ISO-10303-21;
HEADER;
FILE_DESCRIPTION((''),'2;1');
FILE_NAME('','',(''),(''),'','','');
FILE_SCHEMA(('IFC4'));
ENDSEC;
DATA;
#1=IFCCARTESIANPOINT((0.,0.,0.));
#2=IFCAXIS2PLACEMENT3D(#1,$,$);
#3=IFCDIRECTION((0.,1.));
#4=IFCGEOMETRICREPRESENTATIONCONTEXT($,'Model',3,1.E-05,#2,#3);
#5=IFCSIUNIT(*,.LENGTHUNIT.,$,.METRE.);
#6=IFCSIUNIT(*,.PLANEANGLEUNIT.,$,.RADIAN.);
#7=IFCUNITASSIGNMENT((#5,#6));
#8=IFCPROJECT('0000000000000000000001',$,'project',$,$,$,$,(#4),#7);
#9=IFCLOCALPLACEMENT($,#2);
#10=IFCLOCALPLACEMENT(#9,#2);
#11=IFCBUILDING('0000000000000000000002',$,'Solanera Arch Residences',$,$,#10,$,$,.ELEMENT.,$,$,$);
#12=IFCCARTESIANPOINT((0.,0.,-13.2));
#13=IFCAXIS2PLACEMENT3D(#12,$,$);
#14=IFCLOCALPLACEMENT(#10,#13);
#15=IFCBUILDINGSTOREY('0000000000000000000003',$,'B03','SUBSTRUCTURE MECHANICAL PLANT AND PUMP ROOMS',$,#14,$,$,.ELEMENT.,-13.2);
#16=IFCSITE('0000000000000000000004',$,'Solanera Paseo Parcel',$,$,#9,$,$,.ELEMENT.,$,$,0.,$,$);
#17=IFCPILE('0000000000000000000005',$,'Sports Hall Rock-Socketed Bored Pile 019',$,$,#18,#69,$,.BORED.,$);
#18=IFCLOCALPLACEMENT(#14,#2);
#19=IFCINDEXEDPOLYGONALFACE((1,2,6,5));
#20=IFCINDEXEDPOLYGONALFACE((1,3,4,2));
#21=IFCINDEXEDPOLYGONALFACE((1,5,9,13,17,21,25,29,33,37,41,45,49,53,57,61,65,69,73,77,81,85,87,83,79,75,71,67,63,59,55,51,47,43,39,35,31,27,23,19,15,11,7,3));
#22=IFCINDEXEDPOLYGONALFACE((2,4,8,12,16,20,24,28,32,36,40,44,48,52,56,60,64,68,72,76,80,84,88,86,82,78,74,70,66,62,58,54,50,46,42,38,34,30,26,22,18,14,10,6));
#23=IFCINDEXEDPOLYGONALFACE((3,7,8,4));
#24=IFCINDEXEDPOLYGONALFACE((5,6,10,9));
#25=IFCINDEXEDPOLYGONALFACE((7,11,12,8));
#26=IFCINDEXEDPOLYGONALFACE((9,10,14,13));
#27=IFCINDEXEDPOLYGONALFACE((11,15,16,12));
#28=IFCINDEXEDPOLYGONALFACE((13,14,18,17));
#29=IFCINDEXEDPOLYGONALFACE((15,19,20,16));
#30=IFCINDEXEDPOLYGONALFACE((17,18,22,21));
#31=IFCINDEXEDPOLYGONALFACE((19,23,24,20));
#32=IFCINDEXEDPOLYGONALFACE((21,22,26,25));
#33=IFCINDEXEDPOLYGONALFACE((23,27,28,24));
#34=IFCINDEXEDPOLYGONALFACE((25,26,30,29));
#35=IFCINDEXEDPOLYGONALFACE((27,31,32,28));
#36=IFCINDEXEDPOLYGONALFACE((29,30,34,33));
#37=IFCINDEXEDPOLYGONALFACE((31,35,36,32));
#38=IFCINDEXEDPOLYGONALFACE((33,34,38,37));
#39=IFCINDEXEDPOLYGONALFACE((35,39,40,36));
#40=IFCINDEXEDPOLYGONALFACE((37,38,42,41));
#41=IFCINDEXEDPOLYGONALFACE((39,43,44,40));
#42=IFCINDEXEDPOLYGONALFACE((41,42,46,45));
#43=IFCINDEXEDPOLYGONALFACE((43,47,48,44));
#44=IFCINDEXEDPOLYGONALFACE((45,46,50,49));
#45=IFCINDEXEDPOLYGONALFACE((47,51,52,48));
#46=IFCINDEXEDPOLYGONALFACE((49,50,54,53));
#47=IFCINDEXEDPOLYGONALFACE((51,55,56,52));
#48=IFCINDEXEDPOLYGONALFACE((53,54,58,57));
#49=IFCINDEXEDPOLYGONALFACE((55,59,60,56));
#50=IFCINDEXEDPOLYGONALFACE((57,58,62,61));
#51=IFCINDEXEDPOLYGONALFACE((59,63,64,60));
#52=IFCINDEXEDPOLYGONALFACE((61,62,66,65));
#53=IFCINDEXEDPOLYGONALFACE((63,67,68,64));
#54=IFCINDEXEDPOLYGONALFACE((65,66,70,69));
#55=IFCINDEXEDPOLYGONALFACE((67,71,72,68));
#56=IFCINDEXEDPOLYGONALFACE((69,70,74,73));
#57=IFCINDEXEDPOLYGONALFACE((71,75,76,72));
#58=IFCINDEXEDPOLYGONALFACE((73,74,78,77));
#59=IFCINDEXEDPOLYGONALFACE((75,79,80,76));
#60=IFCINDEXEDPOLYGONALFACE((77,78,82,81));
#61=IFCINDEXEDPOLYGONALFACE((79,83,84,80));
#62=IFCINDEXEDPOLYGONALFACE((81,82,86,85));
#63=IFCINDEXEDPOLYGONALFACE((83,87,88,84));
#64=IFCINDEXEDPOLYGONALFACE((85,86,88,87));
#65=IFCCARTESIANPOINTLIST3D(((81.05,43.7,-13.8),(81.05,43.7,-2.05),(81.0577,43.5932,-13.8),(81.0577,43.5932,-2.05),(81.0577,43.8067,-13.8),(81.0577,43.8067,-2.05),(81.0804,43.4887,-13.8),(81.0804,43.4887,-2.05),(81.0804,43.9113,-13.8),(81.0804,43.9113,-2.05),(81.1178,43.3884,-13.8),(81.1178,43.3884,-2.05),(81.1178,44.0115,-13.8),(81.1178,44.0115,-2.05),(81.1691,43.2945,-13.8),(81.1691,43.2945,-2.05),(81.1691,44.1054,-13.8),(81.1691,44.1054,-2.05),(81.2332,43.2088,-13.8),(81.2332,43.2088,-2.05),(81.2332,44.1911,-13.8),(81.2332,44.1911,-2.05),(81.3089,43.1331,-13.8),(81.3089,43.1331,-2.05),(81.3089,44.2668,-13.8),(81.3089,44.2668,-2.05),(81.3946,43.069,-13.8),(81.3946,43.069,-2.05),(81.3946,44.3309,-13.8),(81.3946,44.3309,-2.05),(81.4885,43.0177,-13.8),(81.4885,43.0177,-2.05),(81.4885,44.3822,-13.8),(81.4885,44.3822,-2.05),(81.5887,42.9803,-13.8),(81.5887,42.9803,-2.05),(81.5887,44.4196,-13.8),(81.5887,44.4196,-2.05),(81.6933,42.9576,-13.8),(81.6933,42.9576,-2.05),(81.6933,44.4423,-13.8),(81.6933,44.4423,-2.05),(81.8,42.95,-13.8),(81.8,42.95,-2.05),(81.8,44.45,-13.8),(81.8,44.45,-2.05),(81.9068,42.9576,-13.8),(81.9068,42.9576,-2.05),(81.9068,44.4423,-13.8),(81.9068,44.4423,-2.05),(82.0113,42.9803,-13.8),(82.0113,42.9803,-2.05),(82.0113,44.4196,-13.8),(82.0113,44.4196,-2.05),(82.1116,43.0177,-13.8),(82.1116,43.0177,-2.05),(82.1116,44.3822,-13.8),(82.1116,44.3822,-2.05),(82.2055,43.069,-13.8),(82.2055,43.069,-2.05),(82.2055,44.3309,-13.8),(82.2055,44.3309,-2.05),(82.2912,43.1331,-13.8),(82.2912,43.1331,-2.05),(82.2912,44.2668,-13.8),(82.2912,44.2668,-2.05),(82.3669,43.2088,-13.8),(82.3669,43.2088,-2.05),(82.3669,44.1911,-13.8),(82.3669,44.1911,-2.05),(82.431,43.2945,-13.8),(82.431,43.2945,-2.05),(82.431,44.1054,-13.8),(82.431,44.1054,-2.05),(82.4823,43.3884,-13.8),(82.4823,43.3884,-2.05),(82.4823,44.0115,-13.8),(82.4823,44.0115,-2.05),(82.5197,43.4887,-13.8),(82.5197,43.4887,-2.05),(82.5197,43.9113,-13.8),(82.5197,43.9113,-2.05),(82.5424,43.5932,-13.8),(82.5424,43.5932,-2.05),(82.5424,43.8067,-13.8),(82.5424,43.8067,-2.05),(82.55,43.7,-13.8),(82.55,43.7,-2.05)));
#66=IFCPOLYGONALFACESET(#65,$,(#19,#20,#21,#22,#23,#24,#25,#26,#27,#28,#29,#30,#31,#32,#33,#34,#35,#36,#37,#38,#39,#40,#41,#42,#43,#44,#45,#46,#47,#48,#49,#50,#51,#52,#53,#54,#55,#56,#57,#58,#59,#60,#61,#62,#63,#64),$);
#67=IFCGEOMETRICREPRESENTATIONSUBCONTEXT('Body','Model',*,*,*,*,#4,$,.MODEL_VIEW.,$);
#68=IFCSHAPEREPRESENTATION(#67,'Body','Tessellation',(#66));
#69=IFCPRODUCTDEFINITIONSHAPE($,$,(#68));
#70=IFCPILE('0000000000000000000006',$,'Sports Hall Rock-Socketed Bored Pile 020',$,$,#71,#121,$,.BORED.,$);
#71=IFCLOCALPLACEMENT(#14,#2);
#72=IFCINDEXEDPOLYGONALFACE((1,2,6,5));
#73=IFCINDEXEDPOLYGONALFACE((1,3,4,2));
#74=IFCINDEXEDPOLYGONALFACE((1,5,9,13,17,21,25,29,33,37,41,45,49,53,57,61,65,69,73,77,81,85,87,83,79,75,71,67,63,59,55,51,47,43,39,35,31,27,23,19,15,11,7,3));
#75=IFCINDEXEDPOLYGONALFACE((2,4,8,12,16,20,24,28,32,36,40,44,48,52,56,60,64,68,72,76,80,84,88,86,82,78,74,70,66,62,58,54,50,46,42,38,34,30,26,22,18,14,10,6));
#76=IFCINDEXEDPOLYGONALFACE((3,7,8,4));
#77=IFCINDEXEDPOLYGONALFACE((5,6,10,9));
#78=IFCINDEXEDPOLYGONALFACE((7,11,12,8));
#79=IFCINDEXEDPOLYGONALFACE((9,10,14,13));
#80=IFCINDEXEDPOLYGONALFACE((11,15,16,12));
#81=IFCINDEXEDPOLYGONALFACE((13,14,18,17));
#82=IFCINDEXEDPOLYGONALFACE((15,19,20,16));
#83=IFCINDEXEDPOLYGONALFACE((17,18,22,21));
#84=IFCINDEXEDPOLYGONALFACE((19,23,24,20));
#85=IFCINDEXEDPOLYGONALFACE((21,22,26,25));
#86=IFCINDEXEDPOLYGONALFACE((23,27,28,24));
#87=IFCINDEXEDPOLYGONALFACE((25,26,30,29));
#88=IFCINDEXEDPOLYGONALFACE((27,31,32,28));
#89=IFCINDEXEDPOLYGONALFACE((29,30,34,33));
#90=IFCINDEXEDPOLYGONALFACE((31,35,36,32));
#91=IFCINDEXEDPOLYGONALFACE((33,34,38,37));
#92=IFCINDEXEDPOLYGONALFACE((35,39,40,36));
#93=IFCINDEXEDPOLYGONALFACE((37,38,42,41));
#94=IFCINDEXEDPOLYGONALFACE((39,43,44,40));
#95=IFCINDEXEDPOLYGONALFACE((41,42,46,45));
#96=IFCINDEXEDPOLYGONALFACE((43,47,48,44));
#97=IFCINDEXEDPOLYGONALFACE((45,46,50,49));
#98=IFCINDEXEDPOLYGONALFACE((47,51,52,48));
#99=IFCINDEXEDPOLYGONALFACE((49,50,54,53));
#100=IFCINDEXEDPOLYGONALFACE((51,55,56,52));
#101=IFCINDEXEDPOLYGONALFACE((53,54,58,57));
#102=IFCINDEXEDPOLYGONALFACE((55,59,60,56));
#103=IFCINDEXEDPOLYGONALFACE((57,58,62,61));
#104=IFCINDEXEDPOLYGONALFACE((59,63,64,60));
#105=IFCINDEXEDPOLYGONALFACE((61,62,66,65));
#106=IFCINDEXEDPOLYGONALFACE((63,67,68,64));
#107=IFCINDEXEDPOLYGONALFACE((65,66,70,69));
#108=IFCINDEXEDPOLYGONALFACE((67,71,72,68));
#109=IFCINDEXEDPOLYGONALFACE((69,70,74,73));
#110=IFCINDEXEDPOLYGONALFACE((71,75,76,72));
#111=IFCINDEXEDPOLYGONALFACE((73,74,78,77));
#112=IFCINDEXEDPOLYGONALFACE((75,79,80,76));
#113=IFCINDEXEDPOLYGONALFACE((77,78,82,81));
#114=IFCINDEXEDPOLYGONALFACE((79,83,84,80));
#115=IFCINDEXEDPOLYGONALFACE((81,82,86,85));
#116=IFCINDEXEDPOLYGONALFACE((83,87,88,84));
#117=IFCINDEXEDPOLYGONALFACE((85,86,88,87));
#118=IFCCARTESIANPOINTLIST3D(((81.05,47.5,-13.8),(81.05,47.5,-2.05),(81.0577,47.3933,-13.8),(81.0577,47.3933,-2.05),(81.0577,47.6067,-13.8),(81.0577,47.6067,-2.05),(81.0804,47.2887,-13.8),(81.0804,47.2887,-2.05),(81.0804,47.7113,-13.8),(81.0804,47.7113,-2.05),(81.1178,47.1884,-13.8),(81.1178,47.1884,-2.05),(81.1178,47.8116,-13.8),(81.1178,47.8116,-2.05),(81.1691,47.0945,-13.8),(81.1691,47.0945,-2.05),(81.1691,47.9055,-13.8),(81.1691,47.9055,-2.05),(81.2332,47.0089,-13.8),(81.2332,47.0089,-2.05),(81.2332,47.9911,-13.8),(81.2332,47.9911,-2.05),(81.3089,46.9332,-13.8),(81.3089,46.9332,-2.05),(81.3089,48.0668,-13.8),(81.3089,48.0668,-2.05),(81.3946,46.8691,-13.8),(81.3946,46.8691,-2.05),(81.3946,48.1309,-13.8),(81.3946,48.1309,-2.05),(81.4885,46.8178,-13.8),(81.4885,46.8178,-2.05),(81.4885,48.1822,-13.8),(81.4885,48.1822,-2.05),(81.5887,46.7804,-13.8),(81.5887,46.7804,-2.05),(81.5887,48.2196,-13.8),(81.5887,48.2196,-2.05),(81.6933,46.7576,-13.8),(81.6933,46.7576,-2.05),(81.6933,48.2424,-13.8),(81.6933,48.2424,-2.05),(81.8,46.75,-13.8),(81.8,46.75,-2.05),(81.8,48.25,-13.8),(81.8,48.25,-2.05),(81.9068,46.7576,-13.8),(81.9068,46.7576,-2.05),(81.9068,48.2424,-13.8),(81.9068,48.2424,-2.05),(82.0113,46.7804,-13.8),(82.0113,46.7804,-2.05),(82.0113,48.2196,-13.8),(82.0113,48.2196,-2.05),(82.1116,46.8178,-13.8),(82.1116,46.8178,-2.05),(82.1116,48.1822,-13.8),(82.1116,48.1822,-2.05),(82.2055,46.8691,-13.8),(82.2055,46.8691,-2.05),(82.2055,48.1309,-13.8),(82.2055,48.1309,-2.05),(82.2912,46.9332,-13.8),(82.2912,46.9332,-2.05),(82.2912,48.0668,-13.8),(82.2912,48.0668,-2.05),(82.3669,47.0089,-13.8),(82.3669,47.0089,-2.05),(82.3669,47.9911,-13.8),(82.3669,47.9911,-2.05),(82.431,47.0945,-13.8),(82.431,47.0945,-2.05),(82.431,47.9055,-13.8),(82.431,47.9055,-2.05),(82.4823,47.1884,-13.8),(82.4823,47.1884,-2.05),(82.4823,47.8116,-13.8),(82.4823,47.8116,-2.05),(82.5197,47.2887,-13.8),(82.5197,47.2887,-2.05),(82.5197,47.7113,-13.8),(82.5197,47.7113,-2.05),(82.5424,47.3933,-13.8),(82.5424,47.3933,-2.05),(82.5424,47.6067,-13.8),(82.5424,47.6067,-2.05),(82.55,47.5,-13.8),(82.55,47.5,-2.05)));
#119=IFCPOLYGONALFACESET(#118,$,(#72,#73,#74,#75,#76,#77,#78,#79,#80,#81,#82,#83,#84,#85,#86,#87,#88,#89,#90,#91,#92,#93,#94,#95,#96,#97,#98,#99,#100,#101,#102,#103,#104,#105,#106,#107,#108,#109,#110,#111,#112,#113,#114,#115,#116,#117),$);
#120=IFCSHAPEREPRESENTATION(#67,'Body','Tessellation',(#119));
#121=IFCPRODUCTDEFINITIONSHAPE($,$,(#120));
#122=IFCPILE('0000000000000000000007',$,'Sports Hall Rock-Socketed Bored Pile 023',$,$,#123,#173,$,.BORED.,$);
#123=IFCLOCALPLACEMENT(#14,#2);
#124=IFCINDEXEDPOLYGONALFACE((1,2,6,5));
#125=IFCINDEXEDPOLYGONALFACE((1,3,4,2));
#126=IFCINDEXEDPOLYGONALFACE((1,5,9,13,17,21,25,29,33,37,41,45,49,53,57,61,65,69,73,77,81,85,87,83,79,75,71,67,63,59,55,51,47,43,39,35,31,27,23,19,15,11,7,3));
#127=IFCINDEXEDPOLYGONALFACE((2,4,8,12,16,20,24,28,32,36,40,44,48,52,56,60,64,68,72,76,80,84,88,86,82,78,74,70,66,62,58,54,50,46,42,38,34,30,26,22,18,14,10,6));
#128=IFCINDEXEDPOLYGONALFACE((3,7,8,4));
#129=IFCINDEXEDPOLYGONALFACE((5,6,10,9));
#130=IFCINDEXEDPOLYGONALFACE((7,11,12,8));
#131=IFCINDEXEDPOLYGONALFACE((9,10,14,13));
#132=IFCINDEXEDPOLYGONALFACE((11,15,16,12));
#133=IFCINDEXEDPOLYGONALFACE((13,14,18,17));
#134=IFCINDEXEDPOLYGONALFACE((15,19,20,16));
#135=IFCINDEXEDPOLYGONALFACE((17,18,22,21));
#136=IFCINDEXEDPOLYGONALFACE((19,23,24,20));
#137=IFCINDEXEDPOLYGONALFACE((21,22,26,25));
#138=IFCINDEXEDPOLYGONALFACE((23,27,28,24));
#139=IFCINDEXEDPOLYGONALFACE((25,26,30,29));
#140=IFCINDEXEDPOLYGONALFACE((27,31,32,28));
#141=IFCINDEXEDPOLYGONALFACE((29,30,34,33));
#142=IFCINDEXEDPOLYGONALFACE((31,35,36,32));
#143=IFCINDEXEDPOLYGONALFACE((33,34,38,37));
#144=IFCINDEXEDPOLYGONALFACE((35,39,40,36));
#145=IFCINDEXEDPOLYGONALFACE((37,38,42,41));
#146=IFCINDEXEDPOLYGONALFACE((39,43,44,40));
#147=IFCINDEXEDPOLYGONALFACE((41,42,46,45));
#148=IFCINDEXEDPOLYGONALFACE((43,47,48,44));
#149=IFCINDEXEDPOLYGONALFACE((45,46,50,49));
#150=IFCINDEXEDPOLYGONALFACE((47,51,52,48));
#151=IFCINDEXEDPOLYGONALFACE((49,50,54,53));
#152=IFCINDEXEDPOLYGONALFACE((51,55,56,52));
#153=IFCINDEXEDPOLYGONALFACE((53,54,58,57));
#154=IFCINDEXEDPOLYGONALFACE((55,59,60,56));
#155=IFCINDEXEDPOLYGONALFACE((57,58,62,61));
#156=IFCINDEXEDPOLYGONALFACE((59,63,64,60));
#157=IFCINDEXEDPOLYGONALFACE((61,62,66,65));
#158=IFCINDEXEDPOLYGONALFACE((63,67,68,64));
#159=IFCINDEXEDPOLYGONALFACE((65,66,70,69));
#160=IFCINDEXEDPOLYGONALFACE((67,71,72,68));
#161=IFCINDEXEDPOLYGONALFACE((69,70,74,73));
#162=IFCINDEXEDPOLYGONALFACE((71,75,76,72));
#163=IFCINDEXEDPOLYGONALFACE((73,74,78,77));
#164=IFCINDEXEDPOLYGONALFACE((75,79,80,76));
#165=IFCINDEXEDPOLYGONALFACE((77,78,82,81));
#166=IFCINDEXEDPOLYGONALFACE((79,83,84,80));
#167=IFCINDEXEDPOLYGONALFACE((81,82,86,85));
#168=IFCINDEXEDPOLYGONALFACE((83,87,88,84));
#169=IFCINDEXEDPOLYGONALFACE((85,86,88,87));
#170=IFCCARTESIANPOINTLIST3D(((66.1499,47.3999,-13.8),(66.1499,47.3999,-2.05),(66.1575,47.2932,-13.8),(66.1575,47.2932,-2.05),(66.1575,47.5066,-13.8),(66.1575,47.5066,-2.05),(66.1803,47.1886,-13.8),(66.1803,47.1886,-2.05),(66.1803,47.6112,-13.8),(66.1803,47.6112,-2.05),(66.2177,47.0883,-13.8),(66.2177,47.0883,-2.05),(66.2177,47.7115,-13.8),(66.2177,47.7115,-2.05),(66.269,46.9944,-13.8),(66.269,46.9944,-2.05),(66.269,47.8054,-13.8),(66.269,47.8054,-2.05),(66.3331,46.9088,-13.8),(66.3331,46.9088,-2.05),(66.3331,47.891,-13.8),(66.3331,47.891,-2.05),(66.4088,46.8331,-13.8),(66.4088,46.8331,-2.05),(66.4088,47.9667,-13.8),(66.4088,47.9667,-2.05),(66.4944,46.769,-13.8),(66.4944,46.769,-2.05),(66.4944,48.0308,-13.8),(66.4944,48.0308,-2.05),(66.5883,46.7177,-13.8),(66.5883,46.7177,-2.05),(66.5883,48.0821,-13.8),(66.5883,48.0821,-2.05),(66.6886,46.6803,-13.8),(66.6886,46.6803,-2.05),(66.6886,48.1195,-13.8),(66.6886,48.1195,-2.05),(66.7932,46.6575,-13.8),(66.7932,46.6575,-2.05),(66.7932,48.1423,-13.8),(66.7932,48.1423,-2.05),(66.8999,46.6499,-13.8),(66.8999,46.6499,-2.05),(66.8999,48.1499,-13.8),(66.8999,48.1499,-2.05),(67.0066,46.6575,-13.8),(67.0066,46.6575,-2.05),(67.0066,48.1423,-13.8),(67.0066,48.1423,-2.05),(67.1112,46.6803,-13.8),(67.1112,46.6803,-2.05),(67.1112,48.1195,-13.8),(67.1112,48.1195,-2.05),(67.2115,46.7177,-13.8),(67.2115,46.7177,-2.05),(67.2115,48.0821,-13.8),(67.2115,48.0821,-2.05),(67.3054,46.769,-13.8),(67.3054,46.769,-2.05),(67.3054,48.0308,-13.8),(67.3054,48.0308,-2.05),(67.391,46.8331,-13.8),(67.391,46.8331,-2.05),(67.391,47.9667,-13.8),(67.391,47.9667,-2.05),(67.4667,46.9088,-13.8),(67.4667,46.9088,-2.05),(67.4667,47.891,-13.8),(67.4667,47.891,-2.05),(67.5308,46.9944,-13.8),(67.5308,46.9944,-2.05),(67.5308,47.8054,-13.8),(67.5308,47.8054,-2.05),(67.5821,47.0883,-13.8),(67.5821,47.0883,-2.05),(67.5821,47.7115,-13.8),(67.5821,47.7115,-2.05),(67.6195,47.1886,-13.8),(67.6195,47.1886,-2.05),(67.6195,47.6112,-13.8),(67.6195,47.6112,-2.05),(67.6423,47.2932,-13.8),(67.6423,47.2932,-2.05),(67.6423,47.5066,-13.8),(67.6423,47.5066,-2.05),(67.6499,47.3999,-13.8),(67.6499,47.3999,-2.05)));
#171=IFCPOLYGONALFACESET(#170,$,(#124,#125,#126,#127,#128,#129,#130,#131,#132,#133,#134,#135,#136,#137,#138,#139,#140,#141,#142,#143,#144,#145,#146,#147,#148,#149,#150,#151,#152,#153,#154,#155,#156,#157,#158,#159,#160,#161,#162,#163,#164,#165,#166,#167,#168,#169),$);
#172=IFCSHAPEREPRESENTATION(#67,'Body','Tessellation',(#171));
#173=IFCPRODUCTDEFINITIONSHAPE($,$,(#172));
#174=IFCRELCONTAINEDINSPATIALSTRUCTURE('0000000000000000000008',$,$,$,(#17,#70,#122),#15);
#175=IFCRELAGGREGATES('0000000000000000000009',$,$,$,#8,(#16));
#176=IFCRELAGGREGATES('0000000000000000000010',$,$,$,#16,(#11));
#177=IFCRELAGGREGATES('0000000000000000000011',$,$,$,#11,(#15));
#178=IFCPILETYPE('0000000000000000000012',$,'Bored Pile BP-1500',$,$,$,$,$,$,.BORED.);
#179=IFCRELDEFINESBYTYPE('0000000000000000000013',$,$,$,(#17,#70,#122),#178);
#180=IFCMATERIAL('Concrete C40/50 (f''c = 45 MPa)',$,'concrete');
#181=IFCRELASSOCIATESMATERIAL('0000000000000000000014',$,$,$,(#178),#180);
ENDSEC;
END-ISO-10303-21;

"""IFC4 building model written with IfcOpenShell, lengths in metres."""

from ifc_helpers import new_model, si_unit, direction, frame, origin, origin_2d, place, context, subcontext, project, spatial, circle, extrude, material, material_profile, profile_set, type_object, element, save


model = new_model("IFC4")

# Units and contexts
model_context = context("Model", 3, precision=1e-05, world=origin(), true_north=direction((0.0, 1.0)))
body_context = subcontext(model_context, "Body", "Model", "MODEL_VIEW")
ifc_project = project(units=[si_unit("LENGTHUNIT", "METRE"), si_unit("PLANEANGLEUNIT", "RADIAN")], contexts=[model_context])

# Site, building, storey
site_placement = place(None, origin())
site = spatial("IfcSite", under=ifc_project, at=site_placement, Name="Solanera Paseo Parcel", CompositionType="ELEMENT", RefElevation=0.0)
building_placement = place(site_placement, origin())
building = spatial("IfcBuilding", under=site, at=building_placement, Name="Solanera Arch Residences", CompositionType="ELEMENT")
storey_placement = place(building_placement, frame((0.0, 0.0, -13.2)))
storey = spatial("IfcBuildingStorey", under=building, at=storey_placement, Name="B03", Description="SUBSTRUCTURE MECHANICAL PLANT AND PUMP ROOMS", CompositionType="ELEMENT", Elevation=-13.2)

# Piles
ifc_material_1 = material(Name="Concrete C40/50 (f'c = 45 MPa)", Category="concrete")
ifc_material_profile_1 = material_profile(ifc_material_1, circle(Radius=0.75, at=origin_2d()))
ifc_profile_set_1 = profile_set([ifc_material_profile_1], Name="Concrete C40/50 (f'c = 45 MPa)")
pile_type = type_object("IfcPileType", Name="Bored Pile BP-1500", PredefinedType="BORED", material=ifc_profile_set_1)
for number, where, z_axis, x_axis, name in (
    (1, (81.8, 43.7, -2.05), (0.0, 0.0, -1.0), (1.0, 0.0, 0.0), "Sports Hall Rock-Socketed Bored Pile 019"),
    (2, (81.8, 47.5, -2.05), (0.0, 0.0, -1.0), (1.0, 0.0, 0.0), "Sports Hall Rock-Socketed Bored Pile 020"),
    (3, (66.8999, 47.3999, -2.05), (0.0, 0.0, -1.0), (1.0, 0.0, 0.0), "Sports Hall Rock-Socketed Bored Pile 023"),
):
    element("IfcPile", number, at=place(storey_placement, frame(where, z_axis=z_axis, x_axis=x_axis)), inside=storey, type_object=pile_type, Name=name, PredefinedType="BORED", context=body_context, shape_type="SweptSolid", body=[
        extrude(circle(Radius=0.75, at=origin_2d()), origin(), (0.0, 0.0, 1.0), 11.75),
    ])

save(model, "model.ifc")
